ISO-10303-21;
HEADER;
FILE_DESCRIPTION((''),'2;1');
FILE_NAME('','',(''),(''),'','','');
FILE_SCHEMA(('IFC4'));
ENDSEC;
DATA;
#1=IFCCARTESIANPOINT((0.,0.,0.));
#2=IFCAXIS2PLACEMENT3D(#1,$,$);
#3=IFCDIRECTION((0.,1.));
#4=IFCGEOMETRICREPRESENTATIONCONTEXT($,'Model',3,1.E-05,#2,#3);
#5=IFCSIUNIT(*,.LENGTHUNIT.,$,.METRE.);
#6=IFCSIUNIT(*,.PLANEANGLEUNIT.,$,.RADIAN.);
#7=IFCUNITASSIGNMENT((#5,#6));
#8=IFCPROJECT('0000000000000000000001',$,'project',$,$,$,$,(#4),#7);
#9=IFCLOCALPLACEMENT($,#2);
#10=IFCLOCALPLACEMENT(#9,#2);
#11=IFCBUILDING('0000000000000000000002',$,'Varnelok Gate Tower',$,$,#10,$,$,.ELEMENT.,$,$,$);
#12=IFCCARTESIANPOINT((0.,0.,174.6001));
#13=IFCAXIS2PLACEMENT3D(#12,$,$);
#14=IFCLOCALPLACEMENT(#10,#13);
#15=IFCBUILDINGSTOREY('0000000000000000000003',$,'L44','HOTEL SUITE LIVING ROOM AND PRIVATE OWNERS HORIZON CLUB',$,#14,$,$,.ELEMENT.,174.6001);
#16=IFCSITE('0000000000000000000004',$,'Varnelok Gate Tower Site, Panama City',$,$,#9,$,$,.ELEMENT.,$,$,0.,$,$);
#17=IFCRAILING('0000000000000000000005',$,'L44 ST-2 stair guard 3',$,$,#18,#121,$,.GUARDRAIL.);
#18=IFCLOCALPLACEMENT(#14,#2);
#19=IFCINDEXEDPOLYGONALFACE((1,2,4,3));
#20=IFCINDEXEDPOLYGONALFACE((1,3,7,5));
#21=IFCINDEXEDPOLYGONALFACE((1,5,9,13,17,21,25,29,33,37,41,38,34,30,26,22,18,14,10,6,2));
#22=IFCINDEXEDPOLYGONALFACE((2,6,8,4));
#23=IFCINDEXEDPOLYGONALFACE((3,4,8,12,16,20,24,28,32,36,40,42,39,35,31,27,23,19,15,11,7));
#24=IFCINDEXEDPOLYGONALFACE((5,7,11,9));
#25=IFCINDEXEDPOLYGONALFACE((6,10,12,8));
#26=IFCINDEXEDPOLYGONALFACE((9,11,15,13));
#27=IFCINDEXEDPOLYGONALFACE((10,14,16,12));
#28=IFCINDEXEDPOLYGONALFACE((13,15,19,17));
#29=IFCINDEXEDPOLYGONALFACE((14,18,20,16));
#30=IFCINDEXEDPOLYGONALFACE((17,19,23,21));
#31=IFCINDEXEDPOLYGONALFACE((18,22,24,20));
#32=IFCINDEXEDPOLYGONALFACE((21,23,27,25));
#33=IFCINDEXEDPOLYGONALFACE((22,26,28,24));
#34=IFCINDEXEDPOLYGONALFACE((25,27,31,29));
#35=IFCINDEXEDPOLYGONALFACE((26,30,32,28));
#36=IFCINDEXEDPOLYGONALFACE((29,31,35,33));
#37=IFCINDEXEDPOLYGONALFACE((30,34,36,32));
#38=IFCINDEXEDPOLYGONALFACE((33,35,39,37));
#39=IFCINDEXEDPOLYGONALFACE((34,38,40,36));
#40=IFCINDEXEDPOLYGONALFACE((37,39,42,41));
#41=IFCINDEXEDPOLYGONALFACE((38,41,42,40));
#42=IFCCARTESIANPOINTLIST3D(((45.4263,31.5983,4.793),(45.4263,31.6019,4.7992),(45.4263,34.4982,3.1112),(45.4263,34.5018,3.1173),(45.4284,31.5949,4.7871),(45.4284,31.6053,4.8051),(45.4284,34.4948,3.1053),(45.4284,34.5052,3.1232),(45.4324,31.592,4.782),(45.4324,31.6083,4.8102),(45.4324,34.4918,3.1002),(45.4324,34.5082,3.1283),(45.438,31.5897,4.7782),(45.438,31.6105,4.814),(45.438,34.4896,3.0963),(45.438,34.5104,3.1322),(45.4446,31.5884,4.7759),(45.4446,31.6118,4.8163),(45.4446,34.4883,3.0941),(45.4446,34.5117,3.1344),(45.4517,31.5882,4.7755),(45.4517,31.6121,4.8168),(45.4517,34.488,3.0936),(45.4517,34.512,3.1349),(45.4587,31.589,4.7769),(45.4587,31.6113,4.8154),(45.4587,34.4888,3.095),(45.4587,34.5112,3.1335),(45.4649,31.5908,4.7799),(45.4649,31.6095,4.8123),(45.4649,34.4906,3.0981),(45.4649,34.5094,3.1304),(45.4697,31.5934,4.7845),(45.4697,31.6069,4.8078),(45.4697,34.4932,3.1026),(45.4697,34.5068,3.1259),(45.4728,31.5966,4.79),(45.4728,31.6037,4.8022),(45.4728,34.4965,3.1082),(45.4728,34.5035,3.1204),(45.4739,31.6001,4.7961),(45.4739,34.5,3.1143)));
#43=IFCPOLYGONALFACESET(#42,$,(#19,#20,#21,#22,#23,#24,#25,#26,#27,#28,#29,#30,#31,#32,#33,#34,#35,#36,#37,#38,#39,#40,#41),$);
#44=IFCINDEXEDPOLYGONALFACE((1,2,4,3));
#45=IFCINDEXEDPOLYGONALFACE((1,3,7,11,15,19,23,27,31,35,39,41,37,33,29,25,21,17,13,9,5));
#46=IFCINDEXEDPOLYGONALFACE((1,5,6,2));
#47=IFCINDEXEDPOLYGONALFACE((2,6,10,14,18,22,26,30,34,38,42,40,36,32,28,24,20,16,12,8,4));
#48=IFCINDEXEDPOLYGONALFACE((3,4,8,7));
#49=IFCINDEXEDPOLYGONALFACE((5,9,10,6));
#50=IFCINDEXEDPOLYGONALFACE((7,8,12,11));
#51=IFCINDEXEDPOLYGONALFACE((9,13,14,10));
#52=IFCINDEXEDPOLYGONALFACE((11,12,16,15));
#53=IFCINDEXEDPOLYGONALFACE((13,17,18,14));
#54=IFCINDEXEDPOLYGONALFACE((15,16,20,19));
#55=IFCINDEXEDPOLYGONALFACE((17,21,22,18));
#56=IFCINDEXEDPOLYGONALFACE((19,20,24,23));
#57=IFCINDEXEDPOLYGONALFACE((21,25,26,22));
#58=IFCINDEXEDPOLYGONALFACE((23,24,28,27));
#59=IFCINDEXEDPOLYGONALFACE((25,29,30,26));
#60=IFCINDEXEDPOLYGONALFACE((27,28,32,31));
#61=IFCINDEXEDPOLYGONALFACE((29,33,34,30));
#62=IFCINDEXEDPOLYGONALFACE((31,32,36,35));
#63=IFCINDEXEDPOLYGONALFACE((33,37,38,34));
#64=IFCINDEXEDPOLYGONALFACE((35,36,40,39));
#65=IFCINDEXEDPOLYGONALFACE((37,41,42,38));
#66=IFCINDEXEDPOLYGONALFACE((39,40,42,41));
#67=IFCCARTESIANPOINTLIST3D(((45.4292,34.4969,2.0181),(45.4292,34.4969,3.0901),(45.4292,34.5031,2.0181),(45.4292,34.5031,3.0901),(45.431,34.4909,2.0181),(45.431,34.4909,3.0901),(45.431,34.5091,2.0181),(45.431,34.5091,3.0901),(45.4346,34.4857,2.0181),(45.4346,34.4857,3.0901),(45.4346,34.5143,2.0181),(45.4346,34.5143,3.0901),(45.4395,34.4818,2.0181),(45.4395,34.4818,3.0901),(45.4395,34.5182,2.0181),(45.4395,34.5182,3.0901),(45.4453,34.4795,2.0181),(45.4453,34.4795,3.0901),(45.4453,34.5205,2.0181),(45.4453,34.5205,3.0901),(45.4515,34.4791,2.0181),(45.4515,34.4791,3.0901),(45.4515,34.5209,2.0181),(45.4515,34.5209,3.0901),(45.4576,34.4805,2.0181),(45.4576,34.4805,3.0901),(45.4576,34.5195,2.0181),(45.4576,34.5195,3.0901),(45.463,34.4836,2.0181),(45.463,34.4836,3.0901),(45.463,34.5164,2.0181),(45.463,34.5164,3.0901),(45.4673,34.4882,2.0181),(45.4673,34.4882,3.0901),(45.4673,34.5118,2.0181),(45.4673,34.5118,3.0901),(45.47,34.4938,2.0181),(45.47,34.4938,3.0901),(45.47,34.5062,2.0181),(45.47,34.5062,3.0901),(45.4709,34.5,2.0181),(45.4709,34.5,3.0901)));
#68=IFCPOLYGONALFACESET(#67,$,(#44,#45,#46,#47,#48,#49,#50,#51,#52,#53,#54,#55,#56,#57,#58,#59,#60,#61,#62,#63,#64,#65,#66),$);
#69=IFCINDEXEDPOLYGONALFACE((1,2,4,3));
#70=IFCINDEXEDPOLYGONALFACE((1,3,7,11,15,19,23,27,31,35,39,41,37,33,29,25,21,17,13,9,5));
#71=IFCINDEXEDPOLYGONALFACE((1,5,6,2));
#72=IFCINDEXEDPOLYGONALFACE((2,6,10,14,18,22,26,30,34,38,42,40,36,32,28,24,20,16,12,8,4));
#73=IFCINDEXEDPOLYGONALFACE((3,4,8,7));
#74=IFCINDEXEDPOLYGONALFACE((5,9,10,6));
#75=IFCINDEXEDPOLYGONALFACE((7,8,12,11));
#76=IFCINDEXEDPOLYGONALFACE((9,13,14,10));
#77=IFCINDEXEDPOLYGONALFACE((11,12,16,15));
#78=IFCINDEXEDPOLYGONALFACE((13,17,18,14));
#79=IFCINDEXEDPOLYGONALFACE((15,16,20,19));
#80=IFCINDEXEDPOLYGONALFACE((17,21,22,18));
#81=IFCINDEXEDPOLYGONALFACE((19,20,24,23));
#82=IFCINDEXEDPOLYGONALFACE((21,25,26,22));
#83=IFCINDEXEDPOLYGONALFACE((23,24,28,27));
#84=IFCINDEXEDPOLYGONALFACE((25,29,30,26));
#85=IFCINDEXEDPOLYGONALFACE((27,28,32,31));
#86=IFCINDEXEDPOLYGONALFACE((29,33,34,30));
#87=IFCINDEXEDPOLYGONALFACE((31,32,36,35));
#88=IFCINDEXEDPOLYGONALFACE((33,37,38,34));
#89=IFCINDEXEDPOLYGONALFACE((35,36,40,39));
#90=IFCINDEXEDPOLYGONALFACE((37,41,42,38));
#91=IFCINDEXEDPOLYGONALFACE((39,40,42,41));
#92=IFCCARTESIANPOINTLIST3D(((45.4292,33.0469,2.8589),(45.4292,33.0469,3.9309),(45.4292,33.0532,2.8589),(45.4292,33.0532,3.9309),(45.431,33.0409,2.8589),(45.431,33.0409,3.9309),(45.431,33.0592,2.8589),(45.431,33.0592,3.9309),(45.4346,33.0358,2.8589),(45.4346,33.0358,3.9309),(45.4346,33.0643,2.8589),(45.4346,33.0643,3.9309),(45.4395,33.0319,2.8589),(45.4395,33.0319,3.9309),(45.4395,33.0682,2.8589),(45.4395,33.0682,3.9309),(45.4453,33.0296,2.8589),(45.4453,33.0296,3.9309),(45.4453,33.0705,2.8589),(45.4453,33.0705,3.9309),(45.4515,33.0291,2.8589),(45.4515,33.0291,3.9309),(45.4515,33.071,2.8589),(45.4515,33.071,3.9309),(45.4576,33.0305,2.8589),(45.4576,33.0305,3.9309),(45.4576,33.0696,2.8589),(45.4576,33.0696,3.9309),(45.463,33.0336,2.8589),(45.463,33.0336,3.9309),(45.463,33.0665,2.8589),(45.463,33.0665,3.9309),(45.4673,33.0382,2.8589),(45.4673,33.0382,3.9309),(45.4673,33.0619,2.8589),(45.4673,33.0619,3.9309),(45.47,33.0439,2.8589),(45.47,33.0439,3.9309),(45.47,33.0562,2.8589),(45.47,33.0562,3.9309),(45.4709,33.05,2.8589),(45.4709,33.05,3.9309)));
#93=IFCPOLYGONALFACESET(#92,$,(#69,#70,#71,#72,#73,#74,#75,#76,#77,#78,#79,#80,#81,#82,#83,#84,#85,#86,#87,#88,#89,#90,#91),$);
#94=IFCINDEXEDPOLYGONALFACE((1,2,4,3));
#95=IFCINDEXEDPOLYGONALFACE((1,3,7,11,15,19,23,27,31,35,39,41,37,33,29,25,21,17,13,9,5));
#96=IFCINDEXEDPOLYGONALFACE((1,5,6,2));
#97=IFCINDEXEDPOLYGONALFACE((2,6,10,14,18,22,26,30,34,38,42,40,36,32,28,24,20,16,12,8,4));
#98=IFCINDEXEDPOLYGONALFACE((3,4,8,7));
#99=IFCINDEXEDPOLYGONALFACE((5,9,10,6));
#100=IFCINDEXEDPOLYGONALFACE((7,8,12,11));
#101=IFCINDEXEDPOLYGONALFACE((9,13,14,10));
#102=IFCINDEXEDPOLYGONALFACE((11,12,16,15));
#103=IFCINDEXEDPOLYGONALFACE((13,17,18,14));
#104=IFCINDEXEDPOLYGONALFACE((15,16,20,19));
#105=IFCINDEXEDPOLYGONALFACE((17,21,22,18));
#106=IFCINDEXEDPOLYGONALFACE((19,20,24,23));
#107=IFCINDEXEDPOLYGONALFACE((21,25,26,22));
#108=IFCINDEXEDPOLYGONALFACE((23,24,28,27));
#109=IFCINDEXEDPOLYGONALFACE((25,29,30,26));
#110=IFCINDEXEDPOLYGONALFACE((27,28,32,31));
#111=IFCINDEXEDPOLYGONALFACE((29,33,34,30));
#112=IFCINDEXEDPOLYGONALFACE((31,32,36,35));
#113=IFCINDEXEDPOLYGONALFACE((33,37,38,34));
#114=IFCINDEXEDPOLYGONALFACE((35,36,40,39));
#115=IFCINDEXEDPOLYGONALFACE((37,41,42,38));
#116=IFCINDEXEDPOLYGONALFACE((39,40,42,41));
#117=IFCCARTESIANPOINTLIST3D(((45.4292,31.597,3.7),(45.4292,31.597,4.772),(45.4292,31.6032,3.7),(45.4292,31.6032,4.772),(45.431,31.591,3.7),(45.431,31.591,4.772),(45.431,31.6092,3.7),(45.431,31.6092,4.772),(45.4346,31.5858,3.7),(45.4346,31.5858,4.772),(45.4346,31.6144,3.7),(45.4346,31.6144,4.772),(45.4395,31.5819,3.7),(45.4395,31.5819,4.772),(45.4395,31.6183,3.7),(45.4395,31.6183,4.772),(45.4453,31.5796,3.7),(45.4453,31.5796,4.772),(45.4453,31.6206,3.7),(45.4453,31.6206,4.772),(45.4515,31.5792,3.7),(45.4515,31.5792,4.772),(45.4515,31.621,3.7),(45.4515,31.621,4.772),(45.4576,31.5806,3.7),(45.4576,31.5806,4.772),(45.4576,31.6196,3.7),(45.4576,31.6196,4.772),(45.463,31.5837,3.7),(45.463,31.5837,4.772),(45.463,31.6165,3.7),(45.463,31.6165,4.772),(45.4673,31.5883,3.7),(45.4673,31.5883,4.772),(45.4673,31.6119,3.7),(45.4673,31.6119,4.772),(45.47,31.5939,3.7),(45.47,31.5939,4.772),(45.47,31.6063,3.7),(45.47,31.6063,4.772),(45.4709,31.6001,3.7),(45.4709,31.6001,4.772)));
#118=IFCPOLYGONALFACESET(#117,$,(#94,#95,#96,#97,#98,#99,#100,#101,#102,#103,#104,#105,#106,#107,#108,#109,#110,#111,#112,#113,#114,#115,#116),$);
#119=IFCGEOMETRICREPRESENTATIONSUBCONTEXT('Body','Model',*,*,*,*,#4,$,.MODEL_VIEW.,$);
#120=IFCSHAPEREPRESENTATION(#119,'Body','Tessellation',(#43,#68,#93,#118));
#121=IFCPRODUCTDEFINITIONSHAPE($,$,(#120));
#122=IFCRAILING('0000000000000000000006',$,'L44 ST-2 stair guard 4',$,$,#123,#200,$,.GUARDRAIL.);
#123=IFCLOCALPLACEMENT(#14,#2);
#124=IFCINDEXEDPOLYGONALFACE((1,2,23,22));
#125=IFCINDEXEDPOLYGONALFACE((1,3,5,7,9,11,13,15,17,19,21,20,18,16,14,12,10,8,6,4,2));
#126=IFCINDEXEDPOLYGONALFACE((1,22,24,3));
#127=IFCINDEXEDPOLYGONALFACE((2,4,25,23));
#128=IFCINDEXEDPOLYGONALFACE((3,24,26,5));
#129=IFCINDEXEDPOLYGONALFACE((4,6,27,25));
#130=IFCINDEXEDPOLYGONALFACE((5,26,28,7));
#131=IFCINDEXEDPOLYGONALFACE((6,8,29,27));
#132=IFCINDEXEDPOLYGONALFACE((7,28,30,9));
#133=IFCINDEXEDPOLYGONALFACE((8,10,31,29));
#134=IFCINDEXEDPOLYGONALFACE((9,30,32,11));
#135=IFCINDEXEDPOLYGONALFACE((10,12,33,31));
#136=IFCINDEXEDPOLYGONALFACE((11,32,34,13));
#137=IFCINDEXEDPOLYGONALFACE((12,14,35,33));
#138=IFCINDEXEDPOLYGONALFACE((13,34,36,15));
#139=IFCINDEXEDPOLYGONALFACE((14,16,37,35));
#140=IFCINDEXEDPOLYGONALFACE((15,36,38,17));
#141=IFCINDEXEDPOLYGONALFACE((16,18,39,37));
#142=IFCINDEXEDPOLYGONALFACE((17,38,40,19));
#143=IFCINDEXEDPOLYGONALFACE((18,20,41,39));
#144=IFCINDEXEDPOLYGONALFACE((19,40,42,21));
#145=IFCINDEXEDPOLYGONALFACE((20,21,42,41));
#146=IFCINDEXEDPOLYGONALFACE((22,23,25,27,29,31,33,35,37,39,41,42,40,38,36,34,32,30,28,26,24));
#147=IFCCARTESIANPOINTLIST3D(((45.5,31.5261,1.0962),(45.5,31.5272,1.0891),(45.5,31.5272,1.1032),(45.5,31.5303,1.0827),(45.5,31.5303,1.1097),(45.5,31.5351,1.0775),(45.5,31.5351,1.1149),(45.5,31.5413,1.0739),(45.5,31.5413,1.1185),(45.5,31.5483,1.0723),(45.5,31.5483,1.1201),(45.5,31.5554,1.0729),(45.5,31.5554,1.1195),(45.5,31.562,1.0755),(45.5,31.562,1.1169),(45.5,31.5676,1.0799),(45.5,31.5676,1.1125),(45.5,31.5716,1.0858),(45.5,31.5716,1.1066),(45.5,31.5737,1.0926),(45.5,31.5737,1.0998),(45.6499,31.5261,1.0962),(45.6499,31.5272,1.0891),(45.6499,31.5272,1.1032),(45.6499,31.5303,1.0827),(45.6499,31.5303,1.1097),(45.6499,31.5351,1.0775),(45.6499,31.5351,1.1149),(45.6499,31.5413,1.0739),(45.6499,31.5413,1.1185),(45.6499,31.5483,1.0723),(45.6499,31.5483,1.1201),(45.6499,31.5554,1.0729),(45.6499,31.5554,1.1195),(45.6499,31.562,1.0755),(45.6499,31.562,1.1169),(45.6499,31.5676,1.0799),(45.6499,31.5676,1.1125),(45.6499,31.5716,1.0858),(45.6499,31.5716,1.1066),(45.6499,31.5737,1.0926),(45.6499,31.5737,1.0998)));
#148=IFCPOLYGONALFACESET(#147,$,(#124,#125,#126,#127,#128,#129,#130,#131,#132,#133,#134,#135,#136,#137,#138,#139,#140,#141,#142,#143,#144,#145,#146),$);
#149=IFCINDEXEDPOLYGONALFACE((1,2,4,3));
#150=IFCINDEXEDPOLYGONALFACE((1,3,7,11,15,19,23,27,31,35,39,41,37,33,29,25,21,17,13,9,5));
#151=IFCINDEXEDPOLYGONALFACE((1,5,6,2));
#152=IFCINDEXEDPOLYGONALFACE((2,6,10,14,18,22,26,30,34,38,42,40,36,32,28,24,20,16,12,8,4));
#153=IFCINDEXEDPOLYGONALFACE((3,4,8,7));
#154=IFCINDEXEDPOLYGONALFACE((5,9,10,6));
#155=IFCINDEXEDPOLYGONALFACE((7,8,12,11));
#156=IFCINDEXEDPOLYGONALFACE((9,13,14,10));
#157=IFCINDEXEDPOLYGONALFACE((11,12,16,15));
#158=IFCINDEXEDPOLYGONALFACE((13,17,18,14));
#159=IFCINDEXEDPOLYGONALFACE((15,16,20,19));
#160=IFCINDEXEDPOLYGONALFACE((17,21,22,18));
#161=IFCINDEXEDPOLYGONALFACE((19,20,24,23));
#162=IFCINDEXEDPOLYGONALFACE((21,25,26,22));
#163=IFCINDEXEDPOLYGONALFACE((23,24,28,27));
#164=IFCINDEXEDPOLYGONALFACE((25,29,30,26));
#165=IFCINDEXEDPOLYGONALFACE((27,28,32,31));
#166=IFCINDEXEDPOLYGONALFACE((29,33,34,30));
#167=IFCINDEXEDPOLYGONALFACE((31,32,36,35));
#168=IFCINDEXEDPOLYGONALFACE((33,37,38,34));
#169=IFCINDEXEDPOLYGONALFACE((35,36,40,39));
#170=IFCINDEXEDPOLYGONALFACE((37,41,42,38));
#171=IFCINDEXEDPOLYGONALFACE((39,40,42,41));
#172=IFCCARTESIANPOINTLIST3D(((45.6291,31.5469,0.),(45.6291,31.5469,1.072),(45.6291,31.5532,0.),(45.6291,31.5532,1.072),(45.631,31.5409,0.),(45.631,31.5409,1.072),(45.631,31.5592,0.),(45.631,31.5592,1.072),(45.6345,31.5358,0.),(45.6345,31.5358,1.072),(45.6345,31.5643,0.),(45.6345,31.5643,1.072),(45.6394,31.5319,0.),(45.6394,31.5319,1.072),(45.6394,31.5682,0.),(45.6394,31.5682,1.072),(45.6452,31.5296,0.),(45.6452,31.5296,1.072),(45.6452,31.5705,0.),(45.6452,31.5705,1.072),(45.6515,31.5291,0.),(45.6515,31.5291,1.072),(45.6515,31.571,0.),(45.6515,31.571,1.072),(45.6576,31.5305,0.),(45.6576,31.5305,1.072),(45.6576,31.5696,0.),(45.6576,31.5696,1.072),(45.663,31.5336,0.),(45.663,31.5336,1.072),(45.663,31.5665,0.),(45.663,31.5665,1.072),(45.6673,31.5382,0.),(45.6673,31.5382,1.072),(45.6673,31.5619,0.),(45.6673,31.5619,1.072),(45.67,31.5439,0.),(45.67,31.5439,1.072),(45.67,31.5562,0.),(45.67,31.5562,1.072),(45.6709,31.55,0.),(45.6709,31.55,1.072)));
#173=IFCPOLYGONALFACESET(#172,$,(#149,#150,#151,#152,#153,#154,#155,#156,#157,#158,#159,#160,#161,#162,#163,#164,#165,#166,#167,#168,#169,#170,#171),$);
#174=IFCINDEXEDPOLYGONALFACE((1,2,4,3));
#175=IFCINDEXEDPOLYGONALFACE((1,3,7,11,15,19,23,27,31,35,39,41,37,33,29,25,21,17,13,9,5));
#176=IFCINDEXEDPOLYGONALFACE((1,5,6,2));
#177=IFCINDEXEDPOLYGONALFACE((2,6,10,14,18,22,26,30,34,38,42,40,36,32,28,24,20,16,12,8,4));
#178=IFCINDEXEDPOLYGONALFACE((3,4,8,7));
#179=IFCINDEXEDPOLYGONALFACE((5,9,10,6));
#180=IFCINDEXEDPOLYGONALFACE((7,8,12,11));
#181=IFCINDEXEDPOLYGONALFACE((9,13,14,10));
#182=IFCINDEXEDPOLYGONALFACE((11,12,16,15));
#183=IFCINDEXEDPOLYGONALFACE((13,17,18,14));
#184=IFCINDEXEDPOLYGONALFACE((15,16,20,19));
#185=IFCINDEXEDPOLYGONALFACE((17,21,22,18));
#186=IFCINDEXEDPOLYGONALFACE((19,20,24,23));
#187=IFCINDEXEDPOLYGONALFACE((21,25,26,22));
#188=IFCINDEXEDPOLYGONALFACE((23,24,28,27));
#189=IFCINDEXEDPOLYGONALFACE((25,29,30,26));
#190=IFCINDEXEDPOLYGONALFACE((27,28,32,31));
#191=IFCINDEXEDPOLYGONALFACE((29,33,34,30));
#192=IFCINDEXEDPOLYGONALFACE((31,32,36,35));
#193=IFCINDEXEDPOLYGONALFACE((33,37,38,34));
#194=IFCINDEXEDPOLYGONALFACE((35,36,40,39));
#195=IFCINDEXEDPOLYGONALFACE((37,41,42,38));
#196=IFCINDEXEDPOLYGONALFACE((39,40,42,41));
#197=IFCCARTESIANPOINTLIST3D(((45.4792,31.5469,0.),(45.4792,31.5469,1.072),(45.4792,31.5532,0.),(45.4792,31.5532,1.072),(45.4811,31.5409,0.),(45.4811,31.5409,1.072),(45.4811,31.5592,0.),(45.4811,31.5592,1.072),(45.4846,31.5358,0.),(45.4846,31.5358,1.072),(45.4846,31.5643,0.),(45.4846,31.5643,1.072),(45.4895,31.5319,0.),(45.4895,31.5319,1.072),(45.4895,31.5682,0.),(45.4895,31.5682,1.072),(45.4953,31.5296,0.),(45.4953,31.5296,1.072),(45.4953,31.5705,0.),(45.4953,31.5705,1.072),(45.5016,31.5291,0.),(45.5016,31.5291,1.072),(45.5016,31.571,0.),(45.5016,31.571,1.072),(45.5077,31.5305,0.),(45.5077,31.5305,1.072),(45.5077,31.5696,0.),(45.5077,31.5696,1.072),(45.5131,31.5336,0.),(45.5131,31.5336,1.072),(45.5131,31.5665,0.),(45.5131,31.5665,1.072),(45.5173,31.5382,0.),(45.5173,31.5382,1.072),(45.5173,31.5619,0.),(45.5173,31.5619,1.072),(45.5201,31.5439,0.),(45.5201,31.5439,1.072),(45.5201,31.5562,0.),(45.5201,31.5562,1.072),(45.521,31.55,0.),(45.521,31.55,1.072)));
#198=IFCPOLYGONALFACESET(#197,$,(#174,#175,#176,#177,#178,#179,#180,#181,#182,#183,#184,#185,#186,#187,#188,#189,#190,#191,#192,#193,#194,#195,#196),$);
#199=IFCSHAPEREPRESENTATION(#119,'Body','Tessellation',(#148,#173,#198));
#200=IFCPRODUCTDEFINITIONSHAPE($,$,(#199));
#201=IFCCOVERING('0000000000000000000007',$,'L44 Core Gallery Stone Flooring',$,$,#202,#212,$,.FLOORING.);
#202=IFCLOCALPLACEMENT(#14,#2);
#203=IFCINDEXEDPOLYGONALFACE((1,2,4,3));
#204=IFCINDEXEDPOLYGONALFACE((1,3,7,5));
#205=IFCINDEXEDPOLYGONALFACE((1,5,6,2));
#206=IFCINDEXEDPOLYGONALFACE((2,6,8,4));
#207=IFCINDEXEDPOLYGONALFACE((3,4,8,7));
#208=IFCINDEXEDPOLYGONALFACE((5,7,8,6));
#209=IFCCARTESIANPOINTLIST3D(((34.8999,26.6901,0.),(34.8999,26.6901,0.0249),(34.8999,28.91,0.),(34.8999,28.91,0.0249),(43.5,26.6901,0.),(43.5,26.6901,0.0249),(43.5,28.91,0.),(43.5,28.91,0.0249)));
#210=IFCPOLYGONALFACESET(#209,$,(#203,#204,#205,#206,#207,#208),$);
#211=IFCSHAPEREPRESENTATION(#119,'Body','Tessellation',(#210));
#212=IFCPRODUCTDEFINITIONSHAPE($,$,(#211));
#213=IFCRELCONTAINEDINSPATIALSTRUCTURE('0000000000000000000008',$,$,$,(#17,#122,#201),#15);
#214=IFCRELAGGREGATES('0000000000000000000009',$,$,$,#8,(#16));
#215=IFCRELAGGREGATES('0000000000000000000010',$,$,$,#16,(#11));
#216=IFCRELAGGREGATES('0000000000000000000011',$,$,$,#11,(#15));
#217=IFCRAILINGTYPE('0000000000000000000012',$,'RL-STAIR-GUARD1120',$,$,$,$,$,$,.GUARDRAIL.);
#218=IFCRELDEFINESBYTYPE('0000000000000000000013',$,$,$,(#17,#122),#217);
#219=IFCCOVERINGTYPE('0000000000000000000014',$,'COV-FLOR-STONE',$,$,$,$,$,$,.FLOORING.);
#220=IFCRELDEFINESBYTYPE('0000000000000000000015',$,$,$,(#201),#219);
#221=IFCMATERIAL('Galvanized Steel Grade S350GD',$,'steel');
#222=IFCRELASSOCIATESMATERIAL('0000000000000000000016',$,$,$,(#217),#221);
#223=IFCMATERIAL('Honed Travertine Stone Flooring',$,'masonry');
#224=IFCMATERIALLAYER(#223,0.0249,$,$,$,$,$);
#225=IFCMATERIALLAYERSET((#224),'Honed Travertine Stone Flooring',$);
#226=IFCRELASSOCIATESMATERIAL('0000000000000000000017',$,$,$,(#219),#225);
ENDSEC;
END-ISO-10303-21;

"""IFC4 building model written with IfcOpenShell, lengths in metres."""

from ifc_helpers import new_model, si_unit, direction, frame, origin, origin_2d, place, context, subcontext, project, spatial, rectangle, circle, extrude, source, transform, mapped, material, layer, layer_set, type_object, element, save


model = new_model("IFC4")

# Units and contexts
model_context = context("Model", 3, precision=1e-05, world=origin(), true_north=direction((0.0, 1.0)))
body_context = subcontext(model_context, "Body", "Model", "MODEL_VIEW")
ifc_project = project(units=[si_unit("LENGTHUNIT", "METRE"), si_unit("PLANEANGLEUNIT", "RADIAN")], contexts=[model_context])

# Site, building, storey
site_placement = place(None, origin())
site = spatial("IfcSite", under=ifc_project, at=site_placement, Name="Varnelok Gate Tower Site, Panama City", CompositionType="ELEMENT", RefElevation=0.0)
building_placement = place(site_placement, origin())
building = spatial("IfcBuilding", under=site, at=building_placement, Name="Varnelok Gate Tower", CompositionType="ELEMENT")
storey_placement = place(building_placement, frame((0.0, 0.0, 174.6001)))
storey = spatial("IfcBuildingStorey", under=building, at=storey_placement, Name="L44", Description="HOTEL SUITE LIVING ROOM AND PRIVATE OWNERS HORIZON CLUB", CompositionType="ELEMENT", Elevation=174.6001)

# Shared definitions
ifc_material_1 = material(Name="Galvanized Steel Grade S350GD", Category="steel")

# Railings
railing_type_1 = type_object("IfcRailingType", Name="RL-STAIR-GUARD1120", PredefinedType="GUARDRAIL", material=ifc_material_1)
railing_1_placement = place(storey_placement, frame((45.45, 34.5, 2.0181)))
element("IfcRailing", 1, at=railing_1_placement, inside=storey, type_object=railing_type_1, Name="L44 ST-2 stair guard 3", PredefinedType="GUARDRAIL", context=body_context, shape_type="SweptSolid", body=[
    extrude(circle(Radius=0.0239, at=origin_2d()), frame((0.0, 0.0, 1.0962), z_axis=(0.0, -0.865039, 0.501705), x_axis=(1.0, 0.0, 0.0)), (0.0, 0.0, 1.0), 3.3523),
    extrude(circle(Radius=0.021, at=origin_2d()), origin(), (0.0, 0.0, 1.0), 1.072),
    extrude(circle(Radius=0.021, at=origin_2d()), frame((0.0, -1.45, 0.8408)), (0.0, 0.0, 1.0), 1.072),
    extrude(circle(Radius=0.021, at=origin_2d()), frame((0.0, -2.8999, 1.6819)), (0.0, 0.0, 1.0), 1.072),
])
railing_2_placement = place(storey_placement, frame((45.6499, 31.55, 0.0)))
element("IfcRailing", 2, at=railing_2_placement, inside=storey, type_object=railing_type_1, Name="L44 ST-2 stair guard 4", PredefinedType="GUARDRAIL", context=body_context, shape_type="SweptSolid", body=[
    extrude(circle(Radius=0.0239, at=origin_2d()), frame((0.0, 0.0, 1.0962), z_axis=(-1.0, 0.0, 0.0), x_axis=(0.0, -1.0, 0.0)), (0.0, 0.0, 1.0), 0.1499),
    extrude(circle(Radius=0.021, at=origin_2d()), origin(), (0.0, 0.0, 1.0), 1.072),
    extrude(circle(Radius=0.021, at=origin_2d()), frame((-0.1499, 0.0, 0.0)), (0.0, 0.0, 1.0), 1.072),
])

# Covering
ifc_material_2 = material(Name="Honed Travertine Stone Flooring", Category="masonry")
ifc_layer_1 = layer(ifc_material_2, 0.0249)
ifc_layer_set_1 = layer_set([ifc_layer_1], Name="Honed Travertine Stone Flooring")
covering_type_1 = type_object("IfcCoveringType", Name="COV-FLOR-STONE", PredefinedType="FLOORING", material=ifc_layer_set_1)
shared_shape_1 = source(origin(), body_context, "Body", "SweptSolid", [
    extrude(rectangle(XDim=8.6001, YDim=2.22, at=origin_2d()), origin(), (0.0, 0.0, 1.0), 0.0249),
])
covering_1_placement = place(storey_placement, frame((39.2, 27.8, 0.0), z_axis=(0.0, 0.0, 1.0), x_axis=(1.0, 0.0, 0.0)))
element("IfcCovering", 3, at=covering_1_placement, inside=storey, type_object=covering_type_1, Name="L44 Core Gallery Stone Flooring", PredefinedType="FLOORING", context=body_context, shape_type="MappedRepresentation", body=[
    mapped(shared_shape_1, transform((0.0, 0.0, 0.0), scale=1.0)),
])

save(model, "model.ifc")
